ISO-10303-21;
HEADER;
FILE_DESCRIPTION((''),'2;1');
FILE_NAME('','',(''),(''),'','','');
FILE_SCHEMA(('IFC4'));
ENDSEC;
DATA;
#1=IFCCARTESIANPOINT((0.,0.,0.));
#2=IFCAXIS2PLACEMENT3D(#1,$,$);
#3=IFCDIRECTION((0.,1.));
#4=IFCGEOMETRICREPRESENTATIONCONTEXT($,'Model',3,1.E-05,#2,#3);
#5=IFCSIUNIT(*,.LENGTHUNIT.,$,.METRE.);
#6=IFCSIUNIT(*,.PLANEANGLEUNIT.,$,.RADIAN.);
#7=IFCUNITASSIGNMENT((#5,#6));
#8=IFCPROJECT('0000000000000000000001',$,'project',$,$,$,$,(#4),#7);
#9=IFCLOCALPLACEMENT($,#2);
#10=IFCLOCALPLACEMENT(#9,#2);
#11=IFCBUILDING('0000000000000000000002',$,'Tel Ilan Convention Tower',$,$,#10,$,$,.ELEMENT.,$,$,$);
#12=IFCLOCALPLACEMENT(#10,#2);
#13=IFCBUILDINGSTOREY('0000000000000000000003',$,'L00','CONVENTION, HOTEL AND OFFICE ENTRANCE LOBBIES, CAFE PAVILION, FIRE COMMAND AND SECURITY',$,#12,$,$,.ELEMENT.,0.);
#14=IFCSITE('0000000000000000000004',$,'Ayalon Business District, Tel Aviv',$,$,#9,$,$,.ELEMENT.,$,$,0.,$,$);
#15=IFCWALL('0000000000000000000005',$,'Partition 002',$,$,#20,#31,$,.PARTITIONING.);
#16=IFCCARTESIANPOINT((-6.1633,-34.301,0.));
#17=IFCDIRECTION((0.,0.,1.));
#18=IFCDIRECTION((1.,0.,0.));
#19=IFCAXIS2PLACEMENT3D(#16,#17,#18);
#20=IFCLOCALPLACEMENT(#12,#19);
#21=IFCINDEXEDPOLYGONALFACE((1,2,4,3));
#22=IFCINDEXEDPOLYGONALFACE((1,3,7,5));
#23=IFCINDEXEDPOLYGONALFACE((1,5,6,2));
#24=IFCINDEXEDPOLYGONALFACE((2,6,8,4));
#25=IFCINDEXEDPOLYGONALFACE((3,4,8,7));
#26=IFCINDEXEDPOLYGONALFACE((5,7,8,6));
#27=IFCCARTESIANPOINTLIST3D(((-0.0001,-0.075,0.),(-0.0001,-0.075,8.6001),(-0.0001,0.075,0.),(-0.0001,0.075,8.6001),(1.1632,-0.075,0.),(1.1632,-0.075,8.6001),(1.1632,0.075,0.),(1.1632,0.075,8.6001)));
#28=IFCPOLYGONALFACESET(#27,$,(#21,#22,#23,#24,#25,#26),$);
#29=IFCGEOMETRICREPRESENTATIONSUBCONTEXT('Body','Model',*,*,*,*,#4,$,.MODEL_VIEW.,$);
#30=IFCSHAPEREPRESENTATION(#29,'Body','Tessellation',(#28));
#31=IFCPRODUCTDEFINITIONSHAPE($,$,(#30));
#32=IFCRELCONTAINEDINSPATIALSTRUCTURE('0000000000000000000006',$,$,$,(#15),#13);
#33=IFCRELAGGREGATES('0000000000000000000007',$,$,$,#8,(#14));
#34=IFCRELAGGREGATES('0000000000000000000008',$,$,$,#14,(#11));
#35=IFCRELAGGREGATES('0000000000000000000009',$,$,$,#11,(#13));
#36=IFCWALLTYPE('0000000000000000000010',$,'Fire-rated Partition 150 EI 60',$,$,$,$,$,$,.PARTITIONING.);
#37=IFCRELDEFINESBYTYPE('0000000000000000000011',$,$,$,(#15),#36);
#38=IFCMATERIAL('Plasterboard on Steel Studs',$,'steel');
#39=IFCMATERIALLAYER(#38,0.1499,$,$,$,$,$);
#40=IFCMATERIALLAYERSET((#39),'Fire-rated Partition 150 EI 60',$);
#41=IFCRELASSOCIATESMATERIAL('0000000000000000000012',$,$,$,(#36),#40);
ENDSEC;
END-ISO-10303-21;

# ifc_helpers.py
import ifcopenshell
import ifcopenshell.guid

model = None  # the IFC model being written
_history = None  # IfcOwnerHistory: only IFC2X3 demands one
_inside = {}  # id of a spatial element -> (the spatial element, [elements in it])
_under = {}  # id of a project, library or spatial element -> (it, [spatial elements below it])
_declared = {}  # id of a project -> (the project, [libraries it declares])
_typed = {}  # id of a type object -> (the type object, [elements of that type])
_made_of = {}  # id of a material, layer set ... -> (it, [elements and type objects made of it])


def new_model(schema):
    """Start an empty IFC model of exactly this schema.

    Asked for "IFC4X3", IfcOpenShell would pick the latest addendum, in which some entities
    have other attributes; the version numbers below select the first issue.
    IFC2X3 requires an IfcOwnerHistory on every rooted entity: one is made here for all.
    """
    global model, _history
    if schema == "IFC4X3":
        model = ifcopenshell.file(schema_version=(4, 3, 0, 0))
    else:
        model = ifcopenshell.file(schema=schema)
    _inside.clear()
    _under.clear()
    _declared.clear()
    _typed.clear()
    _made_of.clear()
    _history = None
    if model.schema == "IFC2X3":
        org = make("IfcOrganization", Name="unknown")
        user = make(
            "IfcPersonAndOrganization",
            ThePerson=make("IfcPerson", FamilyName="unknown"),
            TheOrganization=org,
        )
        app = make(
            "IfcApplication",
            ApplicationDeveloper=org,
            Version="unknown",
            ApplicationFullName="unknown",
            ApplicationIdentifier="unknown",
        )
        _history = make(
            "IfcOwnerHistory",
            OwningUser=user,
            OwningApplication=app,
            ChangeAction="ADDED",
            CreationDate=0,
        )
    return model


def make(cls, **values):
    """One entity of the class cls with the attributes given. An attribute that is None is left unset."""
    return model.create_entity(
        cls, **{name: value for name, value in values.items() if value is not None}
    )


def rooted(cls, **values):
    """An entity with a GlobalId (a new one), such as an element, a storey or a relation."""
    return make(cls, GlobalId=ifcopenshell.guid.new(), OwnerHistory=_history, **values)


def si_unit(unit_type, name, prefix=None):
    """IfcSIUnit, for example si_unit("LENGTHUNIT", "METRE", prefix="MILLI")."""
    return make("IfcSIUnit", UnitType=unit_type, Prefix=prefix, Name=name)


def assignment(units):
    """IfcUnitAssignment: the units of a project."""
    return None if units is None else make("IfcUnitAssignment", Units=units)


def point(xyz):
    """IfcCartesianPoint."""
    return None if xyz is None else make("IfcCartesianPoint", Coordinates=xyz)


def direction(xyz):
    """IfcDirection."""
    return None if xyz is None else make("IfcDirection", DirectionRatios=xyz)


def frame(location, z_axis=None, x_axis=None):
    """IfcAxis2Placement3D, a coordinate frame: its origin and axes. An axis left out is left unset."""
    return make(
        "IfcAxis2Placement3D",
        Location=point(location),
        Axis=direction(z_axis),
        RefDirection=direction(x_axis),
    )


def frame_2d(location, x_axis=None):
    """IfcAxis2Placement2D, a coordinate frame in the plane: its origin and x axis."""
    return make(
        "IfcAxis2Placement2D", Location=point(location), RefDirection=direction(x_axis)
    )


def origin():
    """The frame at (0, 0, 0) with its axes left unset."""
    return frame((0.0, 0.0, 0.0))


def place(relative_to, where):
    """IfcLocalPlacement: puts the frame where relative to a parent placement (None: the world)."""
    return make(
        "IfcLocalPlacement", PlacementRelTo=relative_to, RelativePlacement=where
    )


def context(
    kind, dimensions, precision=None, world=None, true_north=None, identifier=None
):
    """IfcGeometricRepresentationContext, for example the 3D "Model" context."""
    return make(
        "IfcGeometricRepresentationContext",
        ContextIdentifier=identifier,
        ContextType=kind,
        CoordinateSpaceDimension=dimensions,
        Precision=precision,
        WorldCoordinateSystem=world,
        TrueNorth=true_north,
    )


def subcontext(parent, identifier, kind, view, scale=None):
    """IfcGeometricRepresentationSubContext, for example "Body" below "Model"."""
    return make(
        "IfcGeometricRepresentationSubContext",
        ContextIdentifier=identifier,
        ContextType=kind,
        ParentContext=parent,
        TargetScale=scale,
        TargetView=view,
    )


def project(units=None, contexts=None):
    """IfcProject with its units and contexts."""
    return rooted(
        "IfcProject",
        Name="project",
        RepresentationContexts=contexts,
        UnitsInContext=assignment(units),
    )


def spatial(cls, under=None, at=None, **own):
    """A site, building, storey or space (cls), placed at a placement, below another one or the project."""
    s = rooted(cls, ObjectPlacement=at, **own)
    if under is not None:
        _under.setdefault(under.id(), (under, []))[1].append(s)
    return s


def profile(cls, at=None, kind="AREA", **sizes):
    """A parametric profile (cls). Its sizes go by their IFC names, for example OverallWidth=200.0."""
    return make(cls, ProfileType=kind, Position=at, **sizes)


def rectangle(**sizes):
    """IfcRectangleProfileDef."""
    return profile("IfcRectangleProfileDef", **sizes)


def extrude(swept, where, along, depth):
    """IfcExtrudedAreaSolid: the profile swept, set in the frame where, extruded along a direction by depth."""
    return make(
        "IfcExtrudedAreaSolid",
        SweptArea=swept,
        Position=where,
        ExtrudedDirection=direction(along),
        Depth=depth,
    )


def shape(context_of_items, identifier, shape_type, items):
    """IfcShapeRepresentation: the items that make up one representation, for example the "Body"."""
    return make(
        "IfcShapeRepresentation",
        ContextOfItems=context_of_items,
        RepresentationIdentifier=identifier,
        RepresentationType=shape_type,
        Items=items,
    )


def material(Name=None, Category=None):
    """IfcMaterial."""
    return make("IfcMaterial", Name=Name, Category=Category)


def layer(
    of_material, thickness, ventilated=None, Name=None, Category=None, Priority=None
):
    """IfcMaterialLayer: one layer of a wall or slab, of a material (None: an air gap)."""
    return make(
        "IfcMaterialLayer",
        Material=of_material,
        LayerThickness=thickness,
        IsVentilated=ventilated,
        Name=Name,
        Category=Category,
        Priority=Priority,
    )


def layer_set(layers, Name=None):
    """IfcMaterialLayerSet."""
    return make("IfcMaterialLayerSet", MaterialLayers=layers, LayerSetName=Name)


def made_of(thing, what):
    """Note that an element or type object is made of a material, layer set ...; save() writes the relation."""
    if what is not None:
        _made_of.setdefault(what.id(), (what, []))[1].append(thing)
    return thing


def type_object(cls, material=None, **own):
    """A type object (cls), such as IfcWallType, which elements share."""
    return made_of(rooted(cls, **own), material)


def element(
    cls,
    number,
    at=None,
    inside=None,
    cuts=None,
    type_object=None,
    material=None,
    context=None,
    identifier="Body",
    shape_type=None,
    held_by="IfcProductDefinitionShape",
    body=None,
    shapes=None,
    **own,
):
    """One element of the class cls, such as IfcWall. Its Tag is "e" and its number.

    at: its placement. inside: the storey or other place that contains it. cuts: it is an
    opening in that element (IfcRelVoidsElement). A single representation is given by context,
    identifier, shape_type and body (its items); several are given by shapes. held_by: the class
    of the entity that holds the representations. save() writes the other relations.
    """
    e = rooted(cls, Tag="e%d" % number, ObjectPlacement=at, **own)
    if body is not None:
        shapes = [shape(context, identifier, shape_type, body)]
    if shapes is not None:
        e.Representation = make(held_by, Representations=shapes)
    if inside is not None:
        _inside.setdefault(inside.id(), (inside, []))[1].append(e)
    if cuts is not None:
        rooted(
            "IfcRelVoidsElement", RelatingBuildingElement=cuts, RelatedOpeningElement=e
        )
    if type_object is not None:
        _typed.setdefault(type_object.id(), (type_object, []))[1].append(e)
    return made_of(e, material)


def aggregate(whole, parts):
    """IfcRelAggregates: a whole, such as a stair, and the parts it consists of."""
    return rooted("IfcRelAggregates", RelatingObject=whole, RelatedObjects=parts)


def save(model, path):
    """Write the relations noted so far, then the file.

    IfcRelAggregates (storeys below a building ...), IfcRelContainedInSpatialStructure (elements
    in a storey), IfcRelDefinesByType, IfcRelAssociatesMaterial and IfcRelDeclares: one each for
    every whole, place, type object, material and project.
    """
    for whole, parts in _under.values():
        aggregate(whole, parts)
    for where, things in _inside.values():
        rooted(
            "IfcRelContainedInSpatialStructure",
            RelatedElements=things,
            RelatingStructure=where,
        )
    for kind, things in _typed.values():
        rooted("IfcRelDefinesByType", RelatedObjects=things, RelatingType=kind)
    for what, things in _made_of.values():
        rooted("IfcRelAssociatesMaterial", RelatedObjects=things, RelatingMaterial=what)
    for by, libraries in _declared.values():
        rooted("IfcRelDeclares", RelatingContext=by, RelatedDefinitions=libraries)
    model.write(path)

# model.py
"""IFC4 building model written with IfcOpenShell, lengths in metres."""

from ifc_helpers import new_model, si_unit, direction, frame, frame_2d, origin, place, context, subcontext, project, spatial, rectangle, extrude, material, layer, layer_set, type_object, element, save


model = new_model("IFC4")

# Units and contexts
model_context = context("Model", 3, precision=1e-05, world=origin(), true_north=direction((0.0, 1.0)))
body_context = subcontext(model_context, "Body", "Model", "MODEL_VIEW")
ifc_project = project(units=[si_unit("LENGTHUNIT", "METRE"), si_unit("PLANEANGLEUNIT", "RADIAN")], contexts=[model_context])

# Site, building, storey
site_placement = place(None, origin())
site = spatial("IfcSite", under=ifc_project, at=site_placement, Name="Ayalon Business District, Tel Aviv", CompositionType="ELEMENT", RefElevation=0.0)
building_placement = place(site_placement, origin())
building = spatial("IfcBuilding", under=site, at=building_placement, Name="Tel Ilan Convention Tower", CompositionType="ELEMENT")
storey_placement = place(building_placement, origin())
storey = spatial("IfcBuildingStorey", under=building, at=storey_placement, Name="L00", Description="CONVENTION, HOTEL AND OFFICE ENTRANCE LOBBIES, CAFE PAVILION, FIRE COMMAND AND SECURITY", CompositionType="ELEMENT", Elevation=0.0)

# Wall
ifc_material_1 = material(Name="Plasterboard on Steel Studs", Category="steel")
ifc_layer_1 = layer(ifc_material_1, 0.1499)
ifc_layer_set_1 = layer_set([ifc_layer_1], Name="Fire-rated Partition 150 EI 60")
wall_type_1 = type_object("IfcWallType", Name="Fire-rated Partition 150 EI 60", PredefinedType="PARTITIONING", material=ifc_layer_set_1)
wall_1_placement = place(storey_placement, frame((-6.1633, -34.301, 0.0), z_axis=(0.0, 0.0, 1.0), x_axis=(1.0, 0.0, 0.0)))
element("IfcWall", 1, at=wall_1_placement, inside=storey, type_object=wall_type_1, Name="Partition 002", PredefinedType="PARTITIONING", context=body_context, shape_type="SweptSolid", body=[
    extrude(rectangle(XDim=1.1633, YDim=0.1499, at=frame_2d((0.5815, 0.0))), origin(), (0.0, 0.0, 1.0), 8.6001),
])

save(model, "model.ifc")
